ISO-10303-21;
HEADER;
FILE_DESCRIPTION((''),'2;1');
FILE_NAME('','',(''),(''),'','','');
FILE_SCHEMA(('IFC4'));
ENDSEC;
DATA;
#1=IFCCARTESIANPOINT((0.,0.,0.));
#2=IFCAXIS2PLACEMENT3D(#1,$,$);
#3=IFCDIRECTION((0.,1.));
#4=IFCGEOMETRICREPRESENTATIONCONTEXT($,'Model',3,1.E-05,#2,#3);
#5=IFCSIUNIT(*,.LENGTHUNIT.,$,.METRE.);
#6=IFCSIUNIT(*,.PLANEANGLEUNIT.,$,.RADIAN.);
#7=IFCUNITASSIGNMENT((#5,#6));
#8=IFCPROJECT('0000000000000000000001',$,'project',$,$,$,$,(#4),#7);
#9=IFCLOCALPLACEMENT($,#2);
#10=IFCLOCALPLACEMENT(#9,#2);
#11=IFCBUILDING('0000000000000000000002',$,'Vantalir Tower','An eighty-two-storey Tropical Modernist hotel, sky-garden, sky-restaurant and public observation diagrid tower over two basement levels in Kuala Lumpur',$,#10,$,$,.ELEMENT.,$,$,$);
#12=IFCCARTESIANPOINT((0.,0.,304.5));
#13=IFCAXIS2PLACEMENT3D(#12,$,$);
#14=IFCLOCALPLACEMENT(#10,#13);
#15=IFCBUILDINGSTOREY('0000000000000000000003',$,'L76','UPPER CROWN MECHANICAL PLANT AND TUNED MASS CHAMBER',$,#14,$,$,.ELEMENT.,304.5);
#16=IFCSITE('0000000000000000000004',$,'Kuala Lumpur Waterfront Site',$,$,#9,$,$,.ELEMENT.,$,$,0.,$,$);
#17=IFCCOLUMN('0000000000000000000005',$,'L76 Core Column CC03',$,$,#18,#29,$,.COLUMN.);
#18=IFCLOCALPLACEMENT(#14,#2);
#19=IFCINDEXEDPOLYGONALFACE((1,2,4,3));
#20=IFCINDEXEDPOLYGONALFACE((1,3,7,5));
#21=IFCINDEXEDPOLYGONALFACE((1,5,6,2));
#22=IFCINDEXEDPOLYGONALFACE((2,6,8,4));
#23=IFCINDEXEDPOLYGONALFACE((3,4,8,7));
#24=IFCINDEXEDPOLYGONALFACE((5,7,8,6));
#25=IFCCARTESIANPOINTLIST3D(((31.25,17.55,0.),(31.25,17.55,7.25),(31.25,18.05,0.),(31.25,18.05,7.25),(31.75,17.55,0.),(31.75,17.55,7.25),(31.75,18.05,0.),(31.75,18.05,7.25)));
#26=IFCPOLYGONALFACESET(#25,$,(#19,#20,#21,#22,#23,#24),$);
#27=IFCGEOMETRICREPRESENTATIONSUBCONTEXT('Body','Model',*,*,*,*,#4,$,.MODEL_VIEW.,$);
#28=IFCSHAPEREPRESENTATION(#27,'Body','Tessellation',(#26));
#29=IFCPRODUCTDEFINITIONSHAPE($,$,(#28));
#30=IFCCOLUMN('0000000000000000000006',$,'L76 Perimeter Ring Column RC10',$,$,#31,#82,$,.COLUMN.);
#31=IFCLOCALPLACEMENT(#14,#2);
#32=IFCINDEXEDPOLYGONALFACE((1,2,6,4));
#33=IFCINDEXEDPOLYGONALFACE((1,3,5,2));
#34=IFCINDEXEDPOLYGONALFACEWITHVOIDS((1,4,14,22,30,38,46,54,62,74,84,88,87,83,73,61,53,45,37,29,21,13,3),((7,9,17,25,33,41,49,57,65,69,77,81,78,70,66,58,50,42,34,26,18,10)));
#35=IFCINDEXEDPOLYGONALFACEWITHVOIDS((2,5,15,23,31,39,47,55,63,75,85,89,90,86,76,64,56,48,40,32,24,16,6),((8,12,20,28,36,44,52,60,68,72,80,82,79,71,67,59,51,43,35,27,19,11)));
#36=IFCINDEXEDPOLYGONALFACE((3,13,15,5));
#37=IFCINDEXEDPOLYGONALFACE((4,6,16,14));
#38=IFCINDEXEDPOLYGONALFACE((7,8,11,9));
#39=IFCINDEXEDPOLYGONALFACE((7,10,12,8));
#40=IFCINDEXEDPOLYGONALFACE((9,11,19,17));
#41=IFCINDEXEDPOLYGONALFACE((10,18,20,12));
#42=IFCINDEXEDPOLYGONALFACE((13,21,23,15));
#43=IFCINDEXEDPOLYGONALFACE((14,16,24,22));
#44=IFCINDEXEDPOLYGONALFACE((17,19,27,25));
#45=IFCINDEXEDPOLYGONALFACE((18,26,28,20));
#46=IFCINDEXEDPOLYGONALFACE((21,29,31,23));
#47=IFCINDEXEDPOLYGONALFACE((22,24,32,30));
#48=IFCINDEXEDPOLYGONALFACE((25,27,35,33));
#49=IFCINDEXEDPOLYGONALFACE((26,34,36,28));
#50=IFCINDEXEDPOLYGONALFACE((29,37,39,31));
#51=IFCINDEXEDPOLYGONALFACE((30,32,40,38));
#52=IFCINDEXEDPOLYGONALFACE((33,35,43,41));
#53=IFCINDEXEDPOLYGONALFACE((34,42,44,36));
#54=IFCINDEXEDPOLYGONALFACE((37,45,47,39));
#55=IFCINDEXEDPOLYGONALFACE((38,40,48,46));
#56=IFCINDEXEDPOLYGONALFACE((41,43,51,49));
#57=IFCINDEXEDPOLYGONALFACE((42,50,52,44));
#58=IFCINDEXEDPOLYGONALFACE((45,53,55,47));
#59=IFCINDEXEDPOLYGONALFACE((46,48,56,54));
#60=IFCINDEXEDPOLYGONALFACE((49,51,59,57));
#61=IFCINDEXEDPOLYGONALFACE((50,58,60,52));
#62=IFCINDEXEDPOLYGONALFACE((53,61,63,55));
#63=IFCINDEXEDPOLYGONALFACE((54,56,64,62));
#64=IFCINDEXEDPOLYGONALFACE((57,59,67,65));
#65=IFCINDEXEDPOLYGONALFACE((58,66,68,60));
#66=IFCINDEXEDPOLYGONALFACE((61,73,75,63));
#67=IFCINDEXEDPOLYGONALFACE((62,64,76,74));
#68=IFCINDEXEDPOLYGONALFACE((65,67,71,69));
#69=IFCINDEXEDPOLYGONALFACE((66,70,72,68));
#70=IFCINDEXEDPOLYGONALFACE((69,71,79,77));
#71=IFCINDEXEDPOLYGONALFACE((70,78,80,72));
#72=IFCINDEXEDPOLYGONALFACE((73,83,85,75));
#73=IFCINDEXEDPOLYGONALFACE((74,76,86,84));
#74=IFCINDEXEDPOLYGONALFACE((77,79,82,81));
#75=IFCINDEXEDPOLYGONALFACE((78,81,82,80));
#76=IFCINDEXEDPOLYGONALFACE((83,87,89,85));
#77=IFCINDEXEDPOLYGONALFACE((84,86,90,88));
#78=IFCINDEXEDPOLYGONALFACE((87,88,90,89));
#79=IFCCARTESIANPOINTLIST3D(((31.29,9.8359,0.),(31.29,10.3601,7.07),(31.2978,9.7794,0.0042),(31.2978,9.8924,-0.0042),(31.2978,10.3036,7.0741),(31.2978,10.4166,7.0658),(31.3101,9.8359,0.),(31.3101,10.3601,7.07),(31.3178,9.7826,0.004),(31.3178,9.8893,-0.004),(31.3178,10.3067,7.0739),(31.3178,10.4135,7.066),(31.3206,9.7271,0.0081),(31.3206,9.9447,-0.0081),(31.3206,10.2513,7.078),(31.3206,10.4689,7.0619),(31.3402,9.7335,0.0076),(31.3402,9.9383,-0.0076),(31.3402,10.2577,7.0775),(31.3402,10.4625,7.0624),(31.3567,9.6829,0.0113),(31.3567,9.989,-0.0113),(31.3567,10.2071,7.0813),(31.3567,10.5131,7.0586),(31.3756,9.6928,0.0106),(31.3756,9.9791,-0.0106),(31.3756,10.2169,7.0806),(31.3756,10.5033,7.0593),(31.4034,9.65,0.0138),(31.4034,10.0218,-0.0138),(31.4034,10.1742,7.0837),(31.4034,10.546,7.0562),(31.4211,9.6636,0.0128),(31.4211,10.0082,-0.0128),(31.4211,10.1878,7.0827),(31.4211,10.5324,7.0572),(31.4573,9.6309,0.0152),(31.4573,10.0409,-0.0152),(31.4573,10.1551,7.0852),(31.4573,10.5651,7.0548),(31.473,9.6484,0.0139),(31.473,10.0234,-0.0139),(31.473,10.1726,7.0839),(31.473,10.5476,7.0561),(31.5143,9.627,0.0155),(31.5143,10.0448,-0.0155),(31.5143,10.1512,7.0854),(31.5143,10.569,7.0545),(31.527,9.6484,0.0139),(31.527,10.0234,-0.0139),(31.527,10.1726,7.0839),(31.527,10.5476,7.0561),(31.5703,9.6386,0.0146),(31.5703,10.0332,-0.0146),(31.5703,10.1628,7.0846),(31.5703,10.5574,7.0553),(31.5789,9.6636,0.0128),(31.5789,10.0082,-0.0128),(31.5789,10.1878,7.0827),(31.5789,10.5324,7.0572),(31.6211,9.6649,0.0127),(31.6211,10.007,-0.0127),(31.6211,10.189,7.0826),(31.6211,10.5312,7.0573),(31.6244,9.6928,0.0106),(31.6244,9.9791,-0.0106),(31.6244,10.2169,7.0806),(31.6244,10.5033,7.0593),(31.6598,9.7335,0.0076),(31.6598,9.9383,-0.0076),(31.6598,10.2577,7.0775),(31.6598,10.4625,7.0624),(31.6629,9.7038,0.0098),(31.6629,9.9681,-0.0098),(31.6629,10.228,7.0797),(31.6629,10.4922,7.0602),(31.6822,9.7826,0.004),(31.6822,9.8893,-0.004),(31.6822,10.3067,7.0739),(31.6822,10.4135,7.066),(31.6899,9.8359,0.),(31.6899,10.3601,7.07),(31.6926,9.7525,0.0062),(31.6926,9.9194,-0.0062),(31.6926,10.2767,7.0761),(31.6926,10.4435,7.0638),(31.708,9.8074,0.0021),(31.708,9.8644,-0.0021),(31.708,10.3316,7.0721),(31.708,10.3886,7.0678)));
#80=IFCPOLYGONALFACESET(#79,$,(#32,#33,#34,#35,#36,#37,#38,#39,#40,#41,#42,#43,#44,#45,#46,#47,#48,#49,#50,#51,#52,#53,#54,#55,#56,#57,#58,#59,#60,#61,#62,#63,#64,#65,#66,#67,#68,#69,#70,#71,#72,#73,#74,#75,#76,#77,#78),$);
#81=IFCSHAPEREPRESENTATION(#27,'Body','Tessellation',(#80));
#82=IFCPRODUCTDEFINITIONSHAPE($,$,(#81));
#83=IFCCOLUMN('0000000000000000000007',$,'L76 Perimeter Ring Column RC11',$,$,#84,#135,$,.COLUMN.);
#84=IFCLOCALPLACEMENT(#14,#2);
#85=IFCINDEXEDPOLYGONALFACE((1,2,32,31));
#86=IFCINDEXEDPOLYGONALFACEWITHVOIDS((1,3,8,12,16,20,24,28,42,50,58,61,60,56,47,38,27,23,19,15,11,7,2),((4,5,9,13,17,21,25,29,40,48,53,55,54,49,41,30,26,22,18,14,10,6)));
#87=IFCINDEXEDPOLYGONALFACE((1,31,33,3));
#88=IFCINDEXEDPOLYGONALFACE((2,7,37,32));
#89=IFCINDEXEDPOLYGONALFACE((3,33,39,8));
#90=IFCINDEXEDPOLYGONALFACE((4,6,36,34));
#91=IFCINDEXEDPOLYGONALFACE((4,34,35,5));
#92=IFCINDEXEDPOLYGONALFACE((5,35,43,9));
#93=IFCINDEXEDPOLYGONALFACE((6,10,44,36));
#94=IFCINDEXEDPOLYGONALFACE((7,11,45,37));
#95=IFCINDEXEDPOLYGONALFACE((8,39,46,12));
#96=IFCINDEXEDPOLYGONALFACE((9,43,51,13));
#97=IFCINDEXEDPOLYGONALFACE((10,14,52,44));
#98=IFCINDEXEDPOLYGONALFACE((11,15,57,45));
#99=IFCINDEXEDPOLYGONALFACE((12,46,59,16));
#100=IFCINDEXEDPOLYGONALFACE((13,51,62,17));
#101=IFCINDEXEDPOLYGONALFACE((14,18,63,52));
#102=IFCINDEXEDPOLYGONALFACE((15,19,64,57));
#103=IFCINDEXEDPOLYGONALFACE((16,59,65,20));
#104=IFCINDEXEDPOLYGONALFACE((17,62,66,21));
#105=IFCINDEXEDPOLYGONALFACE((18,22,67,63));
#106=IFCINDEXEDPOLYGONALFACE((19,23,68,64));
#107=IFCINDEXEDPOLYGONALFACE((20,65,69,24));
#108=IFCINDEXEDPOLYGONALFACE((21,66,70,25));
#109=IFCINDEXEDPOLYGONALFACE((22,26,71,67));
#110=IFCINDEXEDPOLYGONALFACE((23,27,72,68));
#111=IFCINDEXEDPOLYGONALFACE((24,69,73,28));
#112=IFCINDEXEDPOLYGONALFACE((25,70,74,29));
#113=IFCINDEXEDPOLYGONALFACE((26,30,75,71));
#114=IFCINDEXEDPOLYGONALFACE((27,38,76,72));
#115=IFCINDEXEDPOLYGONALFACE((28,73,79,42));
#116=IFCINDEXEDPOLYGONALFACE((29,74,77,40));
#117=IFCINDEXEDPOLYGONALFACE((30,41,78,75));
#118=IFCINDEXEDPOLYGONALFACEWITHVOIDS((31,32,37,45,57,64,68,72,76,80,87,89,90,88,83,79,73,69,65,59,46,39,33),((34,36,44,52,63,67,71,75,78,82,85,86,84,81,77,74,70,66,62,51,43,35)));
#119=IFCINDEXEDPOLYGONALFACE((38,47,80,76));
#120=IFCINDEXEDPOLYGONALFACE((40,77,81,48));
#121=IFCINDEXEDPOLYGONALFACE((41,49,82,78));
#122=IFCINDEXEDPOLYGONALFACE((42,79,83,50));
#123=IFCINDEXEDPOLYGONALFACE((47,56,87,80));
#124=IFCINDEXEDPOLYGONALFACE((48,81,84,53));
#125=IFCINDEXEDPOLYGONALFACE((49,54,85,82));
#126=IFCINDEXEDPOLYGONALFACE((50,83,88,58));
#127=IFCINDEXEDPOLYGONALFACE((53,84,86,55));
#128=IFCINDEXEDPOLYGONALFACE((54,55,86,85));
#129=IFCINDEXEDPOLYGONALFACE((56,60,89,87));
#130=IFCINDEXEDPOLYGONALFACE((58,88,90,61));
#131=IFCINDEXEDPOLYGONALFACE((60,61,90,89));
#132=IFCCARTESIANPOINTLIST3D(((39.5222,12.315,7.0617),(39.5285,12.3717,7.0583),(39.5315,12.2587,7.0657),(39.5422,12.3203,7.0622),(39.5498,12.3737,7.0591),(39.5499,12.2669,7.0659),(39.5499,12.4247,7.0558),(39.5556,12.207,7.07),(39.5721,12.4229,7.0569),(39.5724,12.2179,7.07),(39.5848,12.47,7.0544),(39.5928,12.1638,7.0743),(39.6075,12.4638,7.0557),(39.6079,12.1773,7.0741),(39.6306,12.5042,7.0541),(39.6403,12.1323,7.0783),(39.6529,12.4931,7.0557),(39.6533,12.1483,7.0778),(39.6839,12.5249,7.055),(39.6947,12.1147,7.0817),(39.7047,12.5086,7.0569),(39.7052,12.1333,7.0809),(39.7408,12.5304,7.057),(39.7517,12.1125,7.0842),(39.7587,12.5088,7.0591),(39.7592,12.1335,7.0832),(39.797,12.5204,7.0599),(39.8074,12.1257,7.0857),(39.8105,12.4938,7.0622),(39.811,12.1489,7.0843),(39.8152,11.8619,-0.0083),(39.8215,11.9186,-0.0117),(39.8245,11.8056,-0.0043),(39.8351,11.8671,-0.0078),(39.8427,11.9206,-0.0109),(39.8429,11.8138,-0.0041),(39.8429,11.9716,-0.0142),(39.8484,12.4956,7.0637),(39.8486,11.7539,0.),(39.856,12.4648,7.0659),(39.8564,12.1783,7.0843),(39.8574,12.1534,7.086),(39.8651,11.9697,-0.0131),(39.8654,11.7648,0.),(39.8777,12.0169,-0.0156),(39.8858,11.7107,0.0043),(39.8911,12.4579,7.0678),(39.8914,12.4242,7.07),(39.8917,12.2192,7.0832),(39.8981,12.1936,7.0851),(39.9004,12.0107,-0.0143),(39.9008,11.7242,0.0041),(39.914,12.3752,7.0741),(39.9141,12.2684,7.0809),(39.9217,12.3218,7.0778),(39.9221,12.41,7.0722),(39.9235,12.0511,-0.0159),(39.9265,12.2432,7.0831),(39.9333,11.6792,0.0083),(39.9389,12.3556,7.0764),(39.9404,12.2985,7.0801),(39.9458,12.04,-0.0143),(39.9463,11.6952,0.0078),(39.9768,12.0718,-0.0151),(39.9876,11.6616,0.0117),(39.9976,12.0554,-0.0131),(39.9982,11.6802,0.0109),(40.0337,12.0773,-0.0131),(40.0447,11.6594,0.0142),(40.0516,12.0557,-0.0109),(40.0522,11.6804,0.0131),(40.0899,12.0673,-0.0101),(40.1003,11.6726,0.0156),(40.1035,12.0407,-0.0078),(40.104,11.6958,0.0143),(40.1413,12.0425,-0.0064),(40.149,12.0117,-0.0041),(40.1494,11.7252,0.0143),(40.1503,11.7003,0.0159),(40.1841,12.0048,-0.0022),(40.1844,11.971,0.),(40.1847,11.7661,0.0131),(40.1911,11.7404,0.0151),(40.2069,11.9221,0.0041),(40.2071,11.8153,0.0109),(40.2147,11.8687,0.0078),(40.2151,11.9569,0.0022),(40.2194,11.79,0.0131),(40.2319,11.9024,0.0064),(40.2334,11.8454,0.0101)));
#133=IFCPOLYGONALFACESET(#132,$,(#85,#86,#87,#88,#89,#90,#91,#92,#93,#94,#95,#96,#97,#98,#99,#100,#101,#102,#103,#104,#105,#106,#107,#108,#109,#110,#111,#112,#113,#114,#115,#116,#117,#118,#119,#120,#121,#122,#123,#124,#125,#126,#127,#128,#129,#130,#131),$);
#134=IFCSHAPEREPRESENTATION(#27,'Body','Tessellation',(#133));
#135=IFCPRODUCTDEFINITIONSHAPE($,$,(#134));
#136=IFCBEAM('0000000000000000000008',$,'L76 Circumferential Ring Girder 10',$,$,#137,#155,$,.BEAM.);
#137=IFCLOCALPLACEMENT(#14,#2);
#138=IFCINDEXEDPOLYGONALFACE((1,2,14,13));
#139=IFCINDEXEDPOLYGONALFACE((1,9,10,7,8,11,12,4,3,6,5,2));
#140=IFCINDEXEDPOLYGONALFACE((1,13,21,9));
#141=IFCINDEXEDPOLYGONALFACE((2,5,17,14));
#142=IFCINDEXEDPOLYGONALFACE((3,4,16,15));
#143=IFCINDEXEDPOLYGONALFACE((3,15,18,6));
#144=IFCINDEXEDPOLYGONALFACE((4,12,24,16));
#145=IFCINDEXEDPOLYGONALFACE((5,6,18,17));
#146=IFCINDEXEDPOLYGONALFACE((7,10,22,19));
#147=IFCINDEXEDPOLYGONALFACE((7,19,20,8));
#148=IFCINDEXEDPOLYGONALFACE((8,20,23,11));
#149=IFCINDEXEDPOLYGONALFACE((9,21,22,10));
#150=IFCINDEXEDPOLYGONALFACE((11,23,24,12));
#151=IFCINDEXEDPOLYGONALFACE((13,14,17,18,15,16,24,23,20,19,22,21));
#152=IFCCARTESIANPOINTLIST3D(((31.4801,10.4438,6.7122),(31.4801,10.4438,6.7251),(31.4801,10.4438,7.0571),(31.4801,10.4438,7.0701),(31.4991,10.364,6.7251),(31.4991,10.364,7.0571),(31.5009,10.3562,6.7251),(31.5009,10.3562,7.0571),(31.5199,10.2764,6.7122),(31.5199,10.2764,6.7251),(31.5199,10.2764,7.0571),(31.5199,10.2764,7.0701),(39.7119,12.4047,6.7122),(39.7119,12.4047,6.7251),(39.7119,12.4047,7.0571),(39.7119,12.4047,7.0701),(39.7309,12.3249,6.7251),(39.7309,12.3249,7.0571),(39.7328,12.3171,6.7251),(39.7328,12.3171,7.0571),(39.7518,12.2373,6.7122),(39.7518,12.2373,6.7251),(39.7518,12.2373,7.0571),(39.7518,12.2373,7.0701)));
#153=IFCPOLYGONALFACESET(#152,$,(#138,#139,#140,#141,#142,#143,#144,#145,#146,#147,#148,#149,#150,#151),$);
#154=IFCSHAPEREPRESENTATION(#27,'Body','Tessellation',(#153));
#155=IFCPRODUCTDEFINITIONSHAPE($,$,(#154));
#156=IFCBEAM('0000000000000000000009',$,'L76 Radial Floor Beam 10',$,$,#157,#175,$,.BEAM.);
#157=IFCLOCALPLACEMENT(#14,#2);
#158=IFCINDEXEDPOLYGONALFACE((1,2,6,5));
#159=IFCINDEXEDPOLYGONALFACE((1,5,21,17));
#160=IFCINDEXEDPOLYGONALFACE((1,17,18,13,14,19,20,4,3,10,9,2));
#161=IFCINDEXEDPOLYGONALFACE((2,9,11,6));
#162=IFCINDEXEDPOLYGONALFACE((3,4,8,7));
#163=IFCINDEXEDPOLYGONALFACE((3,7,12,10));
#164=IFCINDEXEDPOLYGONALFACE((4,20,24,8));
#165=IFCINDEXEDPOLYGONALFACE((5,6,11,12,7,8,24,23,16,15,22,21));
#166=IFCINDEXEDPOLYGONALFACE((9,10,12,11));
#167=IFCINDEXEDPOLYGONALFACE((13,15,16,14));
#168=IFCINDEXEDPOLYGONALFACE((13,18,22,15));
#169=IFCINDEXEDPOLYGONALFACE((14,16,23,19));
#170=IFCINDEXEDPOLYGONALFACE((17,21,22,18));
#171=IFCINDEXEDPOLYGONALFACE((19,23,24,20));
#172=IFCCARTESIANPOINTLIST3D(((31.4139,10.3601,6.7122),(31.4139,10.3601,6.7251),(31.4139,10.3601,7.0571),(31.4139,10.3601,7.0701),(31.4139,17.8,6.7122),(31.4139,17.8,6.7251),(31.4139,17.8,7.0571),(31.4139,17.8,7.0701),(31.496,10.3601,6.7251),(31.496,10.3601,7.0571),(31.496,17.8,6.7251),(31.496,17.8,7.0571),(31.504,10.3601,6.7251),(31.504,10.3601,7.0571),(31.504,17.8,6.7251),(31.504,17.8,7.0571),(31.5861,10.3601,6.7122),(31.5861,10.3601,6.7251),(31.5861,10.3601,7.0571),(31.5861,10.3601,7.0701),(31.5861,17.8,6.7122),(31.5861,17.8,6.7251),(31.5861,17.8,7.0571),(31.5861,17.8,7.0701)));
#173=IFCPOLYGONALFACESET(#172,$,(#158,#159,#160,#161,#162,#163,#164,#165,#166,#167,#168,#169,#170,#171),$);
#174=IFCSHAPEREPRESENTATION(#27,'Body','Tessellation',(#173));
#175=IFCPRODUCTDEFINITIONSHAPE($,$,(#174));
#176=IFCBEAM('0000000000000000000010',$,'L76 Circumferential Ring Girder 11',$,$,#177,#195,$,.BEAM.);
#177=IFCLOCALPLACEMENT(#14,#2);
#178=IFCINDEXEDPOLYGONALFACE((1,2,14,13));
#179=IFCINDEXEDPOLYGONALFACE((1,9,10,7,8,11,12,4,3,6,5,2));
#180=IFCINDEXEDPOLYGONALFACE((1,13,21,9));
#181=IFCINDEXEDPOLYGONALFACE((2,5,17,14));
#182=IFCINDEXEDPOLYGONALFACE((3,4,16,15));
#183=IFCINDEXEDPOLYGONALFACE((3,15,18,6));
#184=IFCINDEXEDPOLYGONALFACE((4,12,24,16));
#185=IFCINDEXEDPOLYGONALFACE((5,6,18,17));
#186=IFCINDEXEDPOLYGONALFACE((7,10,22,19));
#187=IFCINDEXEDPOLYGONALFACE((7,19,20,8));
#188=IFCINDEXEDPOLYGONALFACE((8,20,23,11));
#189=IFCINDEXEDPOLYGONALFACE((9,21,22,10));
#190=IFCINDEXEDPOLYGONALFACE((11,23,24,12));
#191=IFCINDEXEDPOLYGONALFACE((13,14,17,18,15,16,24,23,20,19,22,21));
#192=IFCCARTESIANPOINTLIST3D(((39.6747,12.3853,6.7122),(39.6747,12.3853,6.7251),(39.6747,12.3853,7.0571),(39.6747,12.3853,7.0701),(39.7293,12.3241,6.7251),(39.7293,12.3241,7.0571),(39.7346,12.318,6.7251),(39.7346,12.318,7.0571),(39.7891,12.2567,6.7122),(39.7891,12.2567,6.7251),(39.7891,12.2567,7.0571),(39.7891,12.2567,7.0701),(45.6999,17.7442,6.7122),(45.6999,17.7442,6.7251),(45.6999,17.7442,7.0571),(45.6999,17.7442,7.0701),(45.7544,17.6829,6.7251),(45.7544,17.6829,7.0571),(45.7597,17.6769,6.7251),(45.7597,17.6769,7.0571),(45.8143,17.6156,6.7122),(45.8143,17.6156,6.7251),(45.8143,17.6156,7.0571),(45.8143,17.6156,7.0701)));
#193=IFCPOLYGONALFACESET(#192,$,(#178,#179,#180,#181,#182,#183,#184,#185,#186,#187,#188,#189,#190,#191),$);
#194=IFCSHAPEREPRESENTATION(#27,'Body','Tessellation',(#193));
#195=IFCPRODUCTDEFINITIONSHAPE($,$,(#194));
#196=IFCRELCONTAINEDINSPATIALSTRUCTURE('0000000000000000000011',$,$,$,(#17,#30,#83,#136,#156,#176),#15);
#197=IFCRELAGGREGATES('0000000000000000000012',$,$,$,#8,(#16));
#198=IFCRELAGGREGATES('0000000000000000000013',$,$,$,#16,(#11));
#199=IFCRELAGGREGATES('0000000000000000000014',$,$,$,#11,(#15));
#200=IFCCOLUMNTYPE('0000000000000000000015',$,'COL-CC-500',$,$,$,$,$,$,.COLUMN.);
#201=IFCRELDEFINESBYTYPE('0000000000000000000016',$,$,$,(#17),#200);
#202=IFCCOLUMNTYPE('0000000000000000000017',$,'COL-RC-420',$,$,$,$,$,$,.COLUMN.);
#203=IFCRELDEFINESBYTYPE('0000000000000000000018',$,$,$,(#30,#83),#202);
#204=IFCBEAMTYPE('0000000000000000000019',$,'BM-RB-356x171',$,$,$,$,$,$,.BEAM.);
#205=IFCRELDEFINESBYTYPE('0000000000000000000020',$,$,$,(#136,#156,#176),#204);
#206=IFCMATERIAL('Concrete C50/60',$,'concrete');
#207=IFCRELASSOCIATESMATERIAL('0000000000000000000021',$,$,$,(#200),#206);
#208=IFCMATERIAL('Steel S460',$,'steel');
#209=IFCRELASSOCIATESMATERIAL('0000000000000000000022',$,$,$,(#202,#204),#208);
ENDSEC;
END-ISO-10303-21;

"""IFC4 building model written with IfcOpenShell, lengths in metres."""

from ifc_helpers import new_model, si_unit, direction, frame, origin, origin_2d, place, context, subcontext, project, spatial, rectangle, hollow_circle, i_section, extrude, material, material_profile, profile_set, type_object, element, save


model = new_model("IFC4")

# Units and contexts
model_context = context("Model", 3, precision=1e-05, world=origin(), true_north=direction((0.0, 1.0)))
body_context = subcontext(model_context, "Body", "Model", "MODEL_VIEW")
ifc_project = project(units=[si_unit("LENGTHUNIT", "METRE"), si_unit("PLANEANGLEUNIT", "RADIAN")], contexts=[model_context])

# Site, building, storey
site_placement = place(None, origin())
site = spatial("IfcSite", under=ifc_project, at=site_placement, Name="Kuala Lumpur Waterfront Site", CompositionType="ELEMENT", RefElevation=0.0)
building_placement = place(site_placement, origin())
building = spatial("IfcBuilding", under=site, at=building_placement, Name="Vantalir Tower", Description="An eighty-two-storey Tropical Modernist hotel, sky-garden, sky-restaurant and public observation diagrid tower over two basement levels in Kuala Lumpur", CompositionType="ELEMENT")
storey_placement = place(building_placement, frame((0.0, 0.0, 304.5)))
storey = spatial("IfcBuildingStorey", under=building, at=storey_placement, Name="L76", Description="UPPER CROWN MECHANICAL PLANT AND TUNED MASS CHAMBER", CompositionType="ELEMENT", Elevation=304.5)

# Columns
ifc_material_1 = material(Name="Concrete C50/60", Category="concrete")
ifc_material_profile_1 = material_profile(ifc_material_1, rectangle(XDim=0.5, YDim=0.5, at=origin_2d()), Name="Concrete C50/60")
ifc_profile_set_1 = profile_set([ifc_material_profile_1], Name="Concrete C50/60")
column_type_1 = type_object("IfcColumnType", Name="COL-CC-500", PredefinedType="COLUMN", material=ifc_profile_set_1)
column_1_placement = place(storey_placement, frame((31.5, 17.8, 0.0), z_axis=(0.0, 0.0, 1.0), x_axis=(1.0, 0.0, 0.0)))
element("IfcColumn", 1, at=column_1_placement, inside=storey, type_object=column_type_1, Name="L76 Core Column CC03", PredefinedType="COLUMN", context=body_context, shape_type="SweptSolid", body=[
    extrude(rectangle(XDim=0.5, YDim=0.5, at=origin_2d()), origin(), (0.0, 0.0, 1.0), 7.25),
])
ifc_material_2 = material(Name="Steel S460", Category="steel")
ifc_material_profile_2 = material_profile(ifc_material_2, hollow_circle(Radius=0.21, WallThickness=0.02, at=origin_2d()), Name="Steel S460")
ifc_profile_set_2 = profile_set([ifc_material_profile_2], Name="Steel S460")
column_type_2 = type_object("IfcColumnType", Name="COL-RC-420", PredefinedType="COLUMN", material=ifc_profile_set_2)
column_2_placement = place(storey_placement, frame((31.5, 9.8359, 0.0), z_axis=(0.0, 0.073936, 0.997263), x_axis=(-1.0, 0.0, 0.0)))
element("IfcColumn", 2, at=column_2_placement, inside=storey, type_object=column_type_2, Name="L76 Perimeter Ring Column RC10", PredefinedType="COLUMN", context=body_context, shape_type="SweptSolid", body=[
    extrude(hollow_circle(Radius=0.21, WallThickness=0.02, at=origin_2d()), origin(), (0.0, 0.0, 1.0), 7.0894),
])
column_3_placement = place(storey_placement, frame((40.0249, 11.8679, 0.0), z_axis=(-0.041318, 0.063905, 0.9971), x_axis=(-0.839764, -0.542951, 0.0)))
element("IfcColumn", 3, at=column_3_placement, inside=storey, type_object=column_type_2, Name="L76 Perimeter Ring Column RC11", PredefinedType="COLUMN", context=body_context, shape_type="SweptSolid", body=[
    extrude(hollow_circle(Radius=0.21, WallThickness=0.02, at=origin_2d()), origin(), (0.0, 0.0, 1.0), 7.0906),
])

# Beams
ifc_material_profile_3 = material_profile(ifc_material_2, i_section(OverallWidth=0.1721, OverallDepth=0.3579, WebThickness=0.0081, FlangeThickness=0.0129, at=origin_2d()), Name="Steel S460")
ifc_profile_set_3 = profile_set([ifc_material_profile_3], Name="Steel S460")
beam_type = type_object("IfcBeamType", Name="BM-RB-356x171", PredefinedType="BEAM", material=ifc_profile_set_3)
beam_1_placement = place(storey_placement, frame((31.5, 10.3601, 6.8911), z_axis=(0.972781, 0.231727, 0.0), x_axis=(-0.231727, 0.972781, 0.0)))
element("IfcBeam", 4, at=beam_1_placement, inside=storey, type_object=beam_type, Name="L76 Circumferential Ring Girder 10", PredefinedType="BEAM", context=body_context, shape_type="SweptSolid", body=[
    extrude(i_section(OverallWidth=0.1721, OverallDepth=0.3579, WebThickness=0.0081, FlangeThickness=0.0129, at=origin_2d()), origin(), (0.0, 0.0, 1.0), 8.4622),
])
beam_2_placement = place(storey_placement, frame((31.5, 10.3601, 6.8911), z_axis=(0.0, 1.0, 0.0), x_axis=(-1.0, 0.0, 0.0)))
element("IfcBeam", 5, at=beam_2_placement, inside=storey, type_object=beam_type, Name="L76 Radial Floor Beam 10", PredefinedType="BEAM", context=body_context, shape_type="SweptSolid", body=[
    extrude(i_section(OverallWidth=0.1721, OverallDepth=0.3579, WebThickness=0.0081, FlangeThickness=0.0129, at=origin_2d()), origin(), (0.0, 0.0, 1.0), 7.4399),
])
beam_3_placement = place(storey_placement, frame((39.7319, 12.321, 6.8911), z_axis=(0.747212, 0.664586, 0.0), x_axis=(-0.664586, 0.747212, 0.0)))
element("IfcBeam", 6, at=beam_3_placement, inside=storey, type_object=beam_type, Name="L76 Circumferential Ring Girder 11", PredefinedType="BEAM", context=body_context, shape_type="SweptSolid", body=[
    extrude(i_section(OverallWidth=0.1721, OverallDepth=0.3579, WebThickness=0.0081, FlangeThickness=0.0129, at=origin_2d()), origin(), (0.0, 0.0, 1.0), 8.0635),
])

save(model, "model.ifc")
